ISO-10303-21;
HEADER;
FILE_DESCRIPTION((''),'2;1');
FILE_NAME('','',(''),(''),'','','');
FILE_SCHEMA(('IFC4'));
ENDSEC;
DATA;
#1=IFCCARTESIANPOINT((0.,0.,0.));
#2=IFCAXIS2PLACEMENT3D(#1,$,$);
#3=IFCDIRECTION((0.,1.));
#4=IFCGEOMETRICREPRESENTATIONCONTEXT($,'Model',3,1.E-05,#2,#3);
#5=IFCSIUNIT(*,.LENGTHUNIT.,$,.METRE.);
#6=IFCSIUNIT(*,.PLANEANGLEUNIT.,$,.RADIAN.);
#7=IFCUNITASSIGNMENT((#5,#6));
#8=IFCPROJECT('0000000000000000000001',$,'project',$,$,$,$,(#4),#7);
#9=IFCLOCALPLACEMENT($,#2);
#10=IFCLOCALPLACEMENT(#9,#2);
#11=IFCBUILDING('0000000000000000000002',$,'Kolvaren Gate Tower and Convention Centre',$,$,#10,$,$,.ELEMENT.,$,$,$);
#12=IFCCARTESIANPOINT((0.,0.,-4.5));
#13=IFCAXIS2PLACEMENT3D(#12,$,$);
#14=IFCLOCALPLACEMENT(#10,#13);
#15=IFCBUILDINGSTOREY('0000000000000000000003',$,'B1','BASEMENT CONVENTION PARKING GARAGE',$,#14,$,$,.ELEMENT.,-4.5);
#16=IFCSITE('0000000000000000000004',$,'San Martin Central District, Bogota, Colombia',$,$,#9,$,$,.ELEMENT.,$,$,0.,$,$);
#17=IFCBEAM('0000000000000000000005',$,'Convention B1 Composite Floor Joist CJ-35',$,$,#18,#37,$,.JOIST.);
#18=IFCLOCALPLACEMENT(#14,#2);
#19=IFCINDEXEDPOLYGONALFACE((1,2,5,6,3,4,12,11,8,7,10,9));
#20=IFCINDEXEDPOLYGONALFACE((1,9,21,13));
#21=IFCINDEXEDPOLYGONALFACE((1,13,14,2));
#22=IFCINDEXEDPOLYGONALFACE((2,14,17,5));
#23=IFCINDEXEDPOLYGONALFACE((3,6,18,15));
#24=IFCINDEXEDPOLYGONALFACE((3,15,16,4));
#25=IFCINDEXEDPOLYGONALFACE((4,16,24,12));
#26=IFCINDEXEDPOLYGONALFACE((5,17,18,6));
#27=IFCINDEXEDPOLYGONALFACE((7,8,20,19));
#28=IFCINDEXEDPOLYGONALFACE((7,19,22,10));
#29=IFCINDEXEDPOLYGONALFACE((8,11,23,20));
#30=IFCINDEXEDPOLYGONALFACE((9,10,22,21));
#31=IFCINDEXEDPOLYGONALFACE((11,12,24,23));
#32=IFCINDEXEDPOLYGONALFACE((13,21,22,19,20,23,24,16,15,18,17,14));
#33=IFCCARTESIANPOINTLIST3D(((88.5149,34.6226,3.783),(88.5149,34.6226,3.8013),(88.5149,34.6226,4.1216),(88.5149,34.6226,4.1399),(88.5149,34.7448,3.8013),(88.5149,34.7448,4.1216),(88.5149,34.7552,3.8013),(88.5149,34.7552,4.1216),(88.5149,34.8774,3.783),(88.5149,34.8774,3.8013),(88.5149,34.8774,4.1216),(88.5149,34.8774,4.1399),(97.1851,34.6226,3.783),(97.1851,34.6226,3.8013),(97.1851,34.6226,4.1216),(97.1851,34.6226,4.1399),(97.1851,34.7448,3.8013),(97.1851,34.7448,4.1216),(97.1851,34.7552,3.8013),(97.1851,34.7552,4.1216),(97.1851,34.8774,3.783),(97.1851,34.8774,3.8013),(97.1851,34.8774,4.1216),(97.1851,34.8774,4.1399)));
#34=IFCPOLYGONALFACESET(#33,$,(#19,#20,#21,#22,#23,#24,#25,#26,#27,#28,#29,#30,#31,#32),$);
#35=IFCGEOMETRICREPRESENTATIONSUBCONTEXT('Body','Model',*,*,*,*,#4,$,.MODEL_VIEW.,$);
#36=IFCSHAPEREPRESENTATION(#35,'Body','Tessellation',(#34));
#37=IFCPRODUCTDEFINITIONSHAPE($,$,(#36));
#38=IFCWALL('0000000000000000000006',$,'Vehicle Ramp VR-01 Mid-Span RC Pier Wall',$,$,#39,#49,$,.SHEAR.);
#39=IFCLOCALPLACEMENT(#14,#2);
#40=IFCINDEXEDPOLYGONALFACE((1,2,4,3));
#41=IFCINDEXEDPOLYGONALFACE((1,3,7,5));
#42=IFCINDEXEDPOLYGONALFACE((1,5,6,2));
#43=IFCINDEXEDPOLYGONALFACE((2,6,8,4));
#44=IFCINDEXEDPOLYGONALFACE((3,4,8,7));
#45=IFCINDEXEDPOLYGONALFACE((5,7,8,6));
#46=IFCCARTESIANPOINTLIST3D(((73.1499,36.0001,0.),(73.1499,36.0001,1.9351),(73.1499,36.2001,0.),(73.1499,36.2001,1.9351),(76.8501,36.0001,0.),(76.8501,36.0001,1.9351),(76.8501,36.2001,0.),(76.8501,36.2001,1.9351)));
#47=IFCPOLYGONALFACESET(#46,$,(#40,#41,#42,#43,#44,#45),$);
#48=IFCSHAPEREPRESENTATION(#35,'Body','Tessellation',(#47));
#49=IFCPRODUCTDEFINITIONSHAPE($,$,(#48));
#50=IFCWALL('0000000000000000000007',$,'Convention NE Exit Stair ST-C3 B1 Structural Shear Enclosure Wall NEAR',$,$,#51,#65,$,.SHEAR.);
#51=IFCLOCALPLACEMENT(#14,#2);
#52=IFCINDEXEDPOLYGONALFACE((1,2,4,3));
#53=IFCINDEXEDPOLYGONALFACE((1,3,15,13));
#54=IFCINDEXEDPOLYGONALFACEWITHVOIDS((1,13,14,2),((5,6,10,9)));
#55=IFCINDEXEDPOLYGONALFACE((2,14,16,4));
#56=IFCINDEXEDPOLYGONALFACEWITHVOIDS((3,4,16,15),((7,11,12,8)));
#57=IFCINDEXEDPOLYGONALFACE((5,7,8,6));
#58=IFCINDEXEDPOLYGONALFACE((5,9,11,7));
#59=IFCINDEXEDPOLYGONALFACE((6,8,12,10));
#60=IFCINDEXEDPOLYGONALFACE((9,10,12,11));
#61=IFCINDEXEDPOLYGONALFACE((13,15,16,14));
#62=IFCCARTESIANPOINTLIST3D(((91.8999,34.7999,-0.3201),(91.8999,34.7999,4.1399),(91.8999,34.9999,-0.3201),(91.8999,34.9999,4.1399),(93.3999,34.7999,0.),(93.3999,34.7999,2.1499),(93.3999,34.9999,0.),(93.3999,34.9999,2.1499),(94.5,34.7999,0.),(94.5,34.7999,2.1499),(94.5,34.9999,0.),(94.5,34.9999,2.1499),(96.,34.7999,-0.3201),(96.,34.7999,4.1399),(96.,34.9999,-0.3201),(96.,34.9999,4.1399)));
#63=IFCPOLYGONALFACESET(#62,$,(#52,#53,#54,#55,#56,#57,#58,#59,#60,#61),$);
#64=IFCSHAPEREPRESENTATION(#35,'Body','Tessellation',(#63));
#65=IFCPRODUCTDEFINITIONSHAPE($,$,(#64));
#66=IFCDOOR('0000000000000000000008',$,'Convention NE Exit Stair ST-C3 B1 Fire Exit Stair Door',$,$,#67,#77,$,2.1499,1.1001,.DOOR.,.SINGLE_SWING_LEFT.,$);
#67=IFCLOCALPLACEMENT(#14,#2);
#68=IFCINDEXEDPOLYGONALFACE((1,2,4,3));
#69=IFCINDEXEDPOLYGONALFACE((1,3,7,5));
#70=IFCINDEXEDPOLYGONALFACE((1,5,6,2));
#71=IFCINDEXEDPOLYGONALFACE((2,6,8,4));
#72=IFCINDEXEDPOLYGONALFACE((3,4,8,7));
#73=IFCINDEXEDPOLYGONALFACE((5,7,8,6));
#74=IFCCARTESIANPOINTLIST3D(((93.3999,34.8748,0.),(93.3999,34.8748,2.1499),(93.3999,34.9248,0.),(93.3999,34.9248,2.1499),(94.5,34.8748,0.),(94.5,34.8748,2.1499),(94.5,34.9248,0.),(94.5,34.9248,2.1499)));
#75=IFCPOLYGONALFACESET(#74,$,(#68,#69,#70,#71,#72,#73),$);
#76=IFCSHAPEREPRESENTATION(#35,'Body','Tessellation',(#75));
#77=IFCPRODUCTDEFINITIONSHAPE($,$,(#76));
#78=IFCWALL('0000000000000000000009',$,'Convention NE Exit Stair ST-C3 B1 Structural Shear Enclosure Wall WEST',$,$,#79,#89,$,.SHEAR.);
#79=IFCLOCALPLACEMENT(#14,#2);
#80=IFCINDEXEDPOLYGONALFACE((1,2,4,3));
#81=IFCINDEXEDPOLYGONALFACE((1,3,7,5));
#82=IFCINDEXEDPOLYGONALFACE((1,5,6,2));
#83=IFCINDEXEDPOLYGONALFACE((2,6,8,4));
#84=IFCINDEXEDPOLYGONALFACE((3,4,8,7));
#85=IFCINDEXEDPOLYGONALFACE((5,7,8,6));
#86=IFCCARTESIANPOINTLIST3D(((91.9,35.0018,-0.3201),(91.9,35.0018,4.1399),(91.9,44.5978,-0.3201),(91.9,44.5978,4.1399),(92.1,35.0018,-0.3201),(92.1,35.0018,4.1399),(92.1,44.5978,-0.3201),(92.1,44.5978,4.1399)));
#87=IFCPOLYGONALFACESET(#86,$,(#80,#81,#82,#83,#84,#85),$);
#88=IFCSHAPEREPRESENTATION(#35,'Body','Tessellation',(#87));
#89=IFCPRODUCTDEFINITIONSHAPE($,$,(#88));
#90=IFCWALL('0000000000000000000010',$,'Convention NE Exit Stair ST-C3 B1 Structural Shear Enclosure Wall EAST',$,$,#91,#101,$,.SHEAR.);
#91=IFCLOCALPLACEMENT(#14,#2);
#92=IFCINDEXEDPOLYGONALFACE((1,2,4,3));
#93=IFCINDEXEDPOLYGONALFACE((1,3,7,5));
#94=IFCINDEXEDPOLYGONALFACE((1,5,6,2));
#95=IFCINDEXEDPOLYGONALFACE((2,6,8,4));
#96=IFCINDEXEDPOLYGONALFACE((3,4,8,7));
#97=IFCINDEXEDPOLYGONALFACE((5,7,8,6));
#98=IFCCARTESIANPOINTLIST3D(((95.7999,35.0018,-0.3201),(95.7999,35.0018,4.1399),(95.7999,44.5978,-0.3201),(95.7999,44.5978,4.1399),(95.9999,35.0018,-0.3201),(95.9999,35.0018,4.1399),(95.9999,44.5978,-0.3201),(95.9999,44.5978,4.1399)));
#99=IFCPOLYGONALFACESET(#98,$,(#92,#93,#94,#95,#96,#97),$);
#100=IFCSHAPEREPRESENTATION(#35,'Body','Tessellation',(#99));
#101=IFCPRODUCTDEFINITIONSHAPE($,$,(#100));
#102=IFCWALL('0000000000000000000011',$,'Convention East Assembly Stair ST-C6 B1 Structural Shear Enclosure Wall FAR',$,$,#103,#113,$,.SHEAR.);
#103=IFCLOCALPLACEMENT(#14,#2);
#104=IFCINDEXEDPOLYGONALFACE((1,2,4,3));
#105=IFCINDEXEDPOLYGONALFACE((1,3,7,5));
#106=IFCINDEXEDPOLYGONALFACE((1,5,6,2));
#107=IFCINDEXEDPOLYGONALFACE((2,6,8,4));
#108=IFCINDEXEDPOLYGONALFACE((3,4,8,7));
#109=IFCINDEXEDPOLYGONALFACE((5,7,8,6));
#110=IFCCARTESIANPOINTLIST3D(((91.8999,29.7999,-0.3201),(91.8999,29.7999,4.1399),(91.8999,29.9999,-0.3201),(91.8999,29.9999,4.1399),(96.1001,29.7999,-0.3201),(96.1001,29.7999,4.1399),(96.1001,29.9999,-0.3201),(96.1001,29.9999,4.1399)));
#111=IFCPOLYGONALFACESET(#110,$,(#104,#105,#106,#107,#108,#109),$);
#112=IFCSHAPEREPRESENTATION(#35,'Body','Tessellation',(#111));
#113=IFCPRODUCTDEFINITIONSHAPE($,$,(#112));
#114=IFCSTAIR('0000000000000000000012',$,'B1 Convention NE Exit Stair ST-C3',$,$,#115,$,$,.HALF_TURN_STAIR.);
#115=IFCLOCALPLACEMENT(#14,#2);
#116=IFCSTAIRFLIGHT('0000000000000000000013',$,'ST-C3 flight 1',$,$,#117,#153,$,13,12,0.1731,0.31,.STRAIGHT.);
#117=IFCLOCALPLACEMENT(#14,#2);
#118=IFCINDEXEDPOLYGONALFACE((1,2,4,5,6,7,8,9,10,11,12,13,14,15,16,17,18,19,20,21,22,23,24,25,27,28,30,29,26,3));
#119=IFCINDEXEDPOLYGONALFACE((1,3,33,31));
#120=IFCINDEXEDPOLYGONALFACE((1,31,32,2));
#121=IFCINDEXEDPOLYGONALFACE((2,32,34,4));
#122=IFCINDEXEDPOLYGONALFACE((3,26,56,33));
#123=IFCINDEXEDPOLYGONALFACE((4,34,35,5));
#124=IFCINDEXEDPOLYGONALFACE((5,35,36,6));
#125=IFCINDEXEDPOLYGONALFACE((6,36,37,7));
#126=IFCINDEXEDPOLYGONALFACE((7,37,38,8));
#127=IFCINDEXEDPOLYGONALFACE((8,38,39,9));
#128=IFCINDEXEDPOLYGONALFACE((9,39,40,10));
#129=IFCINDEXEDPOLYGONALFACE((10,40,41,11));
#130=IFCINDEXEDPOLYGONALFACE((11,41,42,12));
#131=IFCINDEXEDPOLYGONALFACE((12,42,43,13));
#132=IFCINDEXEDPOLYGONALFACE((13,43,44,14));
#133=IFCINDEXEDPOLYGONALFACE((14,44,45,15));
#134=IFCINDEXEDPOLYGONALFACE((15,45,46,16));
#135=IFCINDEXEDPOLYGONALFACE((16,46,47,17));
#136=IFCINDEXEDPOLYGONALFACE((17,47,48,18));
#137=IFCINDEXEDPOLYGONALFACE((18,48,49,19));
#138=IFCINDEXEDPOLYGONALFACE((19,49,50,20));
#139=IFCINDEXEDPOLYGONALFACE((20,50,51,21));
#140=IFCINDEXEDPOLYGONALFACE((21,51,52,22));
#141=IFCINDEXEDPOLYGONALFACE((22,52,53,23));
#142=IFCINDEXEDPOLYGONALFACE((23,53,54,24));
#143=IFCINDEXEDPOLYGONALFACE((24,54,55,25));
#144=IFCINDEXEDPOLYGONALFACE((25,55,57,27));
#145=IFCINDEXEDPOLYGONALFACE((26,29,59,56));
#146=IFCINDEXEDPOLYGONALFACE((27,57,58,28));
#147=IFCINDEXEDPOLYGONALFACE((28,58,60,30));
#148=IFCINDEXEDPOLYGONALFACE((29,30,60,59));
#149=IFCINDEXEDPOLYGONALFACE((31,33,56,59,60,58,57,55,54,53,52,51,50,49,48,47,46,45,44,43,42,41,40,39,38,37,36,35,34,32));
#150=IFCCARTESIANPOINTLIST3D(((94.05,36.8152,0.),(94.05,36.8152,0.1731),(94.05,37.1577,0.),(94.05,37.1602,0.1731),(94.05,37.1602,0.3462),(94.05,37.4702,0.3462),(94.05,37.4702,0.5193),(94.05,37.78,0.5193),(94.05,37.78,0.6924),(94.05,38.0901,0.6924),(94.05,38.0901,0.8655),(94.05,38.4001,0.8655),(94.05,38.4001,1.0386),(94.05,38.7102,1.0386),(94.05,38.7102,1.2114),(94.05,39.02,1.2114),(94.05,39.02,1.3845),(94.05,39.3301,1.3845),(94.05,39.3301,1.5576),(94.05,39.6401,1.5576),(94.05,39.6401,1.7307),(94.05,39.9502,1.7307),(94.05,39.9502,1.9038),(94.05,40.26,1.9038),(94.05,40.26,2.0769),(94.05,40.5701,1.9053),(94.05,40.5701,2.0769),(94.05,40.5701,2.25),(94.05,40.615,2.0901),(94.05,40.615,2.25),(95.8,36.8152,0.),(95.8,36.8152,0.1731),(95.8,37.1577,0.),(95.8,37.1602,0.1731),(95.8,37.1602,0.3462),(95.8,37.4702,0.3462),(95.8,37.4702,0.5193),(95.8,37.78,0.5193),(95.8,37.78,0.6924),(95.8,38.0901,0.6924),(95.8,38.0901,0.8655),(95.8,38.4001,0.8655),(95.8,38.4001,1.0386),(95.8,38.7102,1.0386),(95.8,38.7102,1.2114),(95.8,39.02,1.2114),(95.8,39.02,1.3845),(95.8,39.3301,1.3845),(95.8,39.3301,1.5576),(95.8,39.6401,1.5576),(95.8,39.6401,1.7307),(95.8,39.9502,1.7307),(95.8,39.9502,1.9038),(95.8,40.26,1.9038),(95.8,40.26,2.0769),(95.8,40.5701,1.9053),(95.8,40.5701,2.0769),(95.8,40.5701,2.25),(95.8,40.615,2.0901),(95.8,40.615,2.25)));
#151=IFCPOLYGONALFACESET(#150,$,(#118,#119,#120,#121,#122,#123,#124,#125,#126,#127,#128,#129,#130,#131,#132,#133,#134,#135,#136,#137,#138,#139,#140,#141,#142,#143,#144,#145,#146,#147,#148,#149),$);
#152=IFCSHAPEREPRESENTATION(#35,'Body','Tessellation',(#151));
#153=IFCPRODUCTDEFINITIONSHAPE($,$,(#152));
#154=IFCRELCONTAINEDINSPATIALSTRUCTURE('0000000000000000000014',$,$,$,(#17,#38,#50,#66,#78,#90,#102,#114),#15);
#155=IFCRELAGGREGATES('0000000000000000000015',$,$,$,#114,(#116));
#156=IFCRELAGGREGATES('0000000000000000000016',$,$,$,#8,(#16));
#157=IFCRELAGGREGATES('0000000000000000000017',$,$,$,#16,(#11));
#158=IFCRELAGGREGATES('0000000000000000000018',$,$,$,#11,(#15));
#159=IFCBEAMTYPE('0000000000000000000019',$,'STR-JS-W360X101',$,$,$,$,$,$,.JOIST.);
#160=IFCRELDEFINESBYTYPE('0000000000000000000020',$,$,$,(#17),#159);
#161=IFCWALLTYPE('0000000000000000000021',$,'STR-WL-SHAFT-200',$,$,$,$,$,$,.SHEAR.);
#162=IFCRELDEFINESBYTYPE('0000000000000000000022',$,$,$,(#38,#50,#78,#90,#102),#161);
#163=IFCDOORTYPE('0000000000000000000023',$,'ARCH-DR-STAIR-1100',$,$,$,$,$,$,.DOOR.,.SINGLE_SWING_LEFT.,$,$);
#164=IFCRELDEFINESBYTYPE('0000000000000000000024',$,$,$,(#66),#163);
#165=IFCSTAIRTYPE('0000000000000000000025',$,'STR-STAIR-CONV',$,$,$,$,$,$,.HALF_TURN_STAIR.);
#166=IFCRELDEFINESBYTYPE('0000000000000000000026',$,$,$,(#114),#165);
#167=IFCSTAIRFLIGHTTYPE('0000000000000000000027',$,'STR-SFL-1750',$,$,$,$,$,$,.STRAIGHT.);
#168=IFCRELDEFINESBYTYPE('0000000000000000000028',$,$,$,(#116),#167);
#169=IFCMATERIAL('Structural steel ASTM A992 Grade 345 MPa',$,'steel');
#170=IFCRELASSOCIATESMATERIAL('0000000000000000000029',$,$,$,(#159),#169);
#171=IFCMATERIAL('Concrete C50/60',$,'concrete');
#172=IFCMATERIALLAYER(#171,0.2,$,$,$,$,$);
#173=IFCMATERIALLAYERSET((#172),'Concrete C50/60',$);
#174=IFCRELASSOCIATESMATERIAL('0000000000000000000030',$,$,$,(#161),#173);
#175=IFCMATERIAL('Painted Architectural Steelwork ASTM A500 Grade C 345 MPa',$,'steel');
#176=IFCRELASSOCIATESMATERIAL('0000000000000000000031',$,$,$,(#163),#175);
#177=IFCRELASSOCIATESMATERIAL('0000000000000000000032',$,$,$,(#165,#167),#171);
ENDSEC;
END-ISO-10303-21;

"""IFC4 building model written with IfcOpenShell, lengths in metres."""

from ifc_helpers import new_model, si_unit, direction, frame, frame_2d, origin, origin_2d, place, context, subcontext, project, spatial, polyline, rectangle, i_section, outline, extrude, material, layer, layer_set, material_profile, profile_set, type_object, element, fill, aggregate, save


model = new_model("IFC4")

# Units and contexts
model_context = context("Model", 3, precision=1e-05, world=origin(), true_north=direction((0.0, 1.0)))
body_context = subcontext(model_context, "Body", "Model", "MODEL_VIEW")
ifc_project = project(units=[si_unit("LENGTHUNIT", "METRE"), si_unit("PLANEANGLEUNIT", "RADIAN")], contexts=[model_context])

# Site, building, storey
site_placement = place(None, origin())
site = spatial("IfcSite", under=ifc_project, at=site_placement, Name="San Martin Central District, Bogota, Colombia", CompositionType="ELEMENT", RefElevation=0.0)
building_placement = place(site_placement, origin())
building = spatial("IfcBuilding", under=site, at=building_placement, Name="Kolvaren Gate Tower and Convention Centre", CompositionType="ELEMENT")
storey_placement = place(building_placement, frame((0.0, 0.0, -4.5)))
storey = spatial("IfcBuildingStorey", under=building, at=storey_placement, Name="B1", Description="BASEMENT CONVENTION PARKING GARAGE", CompositionType="ELEMENT", Elevation=-4.5)

# Beam
ifc_material_1 = material(Name="Structural steel ASTM A992 Grade 345 MPa", Category="steel")
ifc_material_profile_1 = material_profile(ifc_material_1, i_section(OverallWidth=0.2549, OverallDepth=0.3569, WebThickness=0.0105, FlangeThickness=0.0183, at=origin_2d()), Name="W360X101")
ifc_profile_set_1 = profile_set([ifc_material_profile_1], Name="Structural steel ASTM A992 Grade 345 MPa")
beam_type_1 = type_object("IfcBeamType", Name="STR-JS-W360X101", PredefinedType="JOIST", material=ifc_profile_set_1)
beam_1_placement = place(storey_placement, frame((88.5149, 34.75, 3.9614), z_axis=(1.0, 0.0, 0.0), x_axis=(0.0, 1.0, 0.0)))
element("IfcBeam", 1, at=beam_1_placement, inside=storey, type_object=beam_type_1, Name="Convention B1 Composite Floor Joist CJ-35", PredefinedType="JOIST", context=body_context, shape_type="SweptSolid", body=[
    extrude(i_section(OverallWidth=0.2549, OverallDepth=0.3569, WebThickness=0.0105, FlangeThickness=0.0183, at=origin_2d()), origin(), (0.0, 0.0, 1.0), 8.6702),
])

# Wall
ifc_material_2 = material(Name="Concrete C50/60", Category="concrete")
ifc_layer = layer(ifc_material_2, 0.2)
ifc_layer_set = layer_set([ifc_layer], Name="Concrete C50/60")
wall_type = type_object("IfcWallType", Name="STR-WL-SHAFT-200", PredefinedType="SHEAR", material=ifc_layer_set)
wall_1_placement = place(storey_placement, frame((73.1499, 36.1001, 0.0), z_axis=(0.0, 0.0, 1.0), x_axis=(1.0, 0.0, 0.0)))
element("IfcWall", 2, at=wall_1_placement, inside=storey, type_object=wall_type, Name="Vehicle Ramp VR-01 Mid-Span RC Pier Wall", PredefinedType="SHEAR", context=body_context, shape_type="SweptSolid", body=[
    extrude(rectangle(XDim=3.7002, YDim=0.2, at=frame_2d((1.8501, 0.0))), origin(), (0.0, 0.0, 1.0), 1.9351),
])

# Wall, opening, door
wall_2_placement = place(storey_placement, frame((91.8999, 34.8999, -0.3201), z_axis=(0.0, 0.0, 1.0), x_axis=(1.0, 0.0, 0.0)))
wall_2 = element("IfcWall", 3, at=wall_2_placement, inside=storey, type_object=wall_type, Name="Convention NE Exit Stair ST-C3 B1 Structural Shear Enclosure Wall NEAR", PredefinedType="SHEAR", context=body_context, shape_type="SweptSolid", body=[
    extrude(rectangle(XDim=4.1001, YDim=0.2, at=frame_2d((2.05, 0.0))), origin(), (0.0, 0.0, 1.0), 4.46),
])
opening_placement = place(wall_2_placement, frame((1.5, 0.0, 0.3201)))
opening = element("IfcOpeningElement", 4, at=opening_placement, cuts=wall_2, PredefinedType="OPENING", context=body_context, shape_type="SweptSolid", body=[
    extrude(rectangle(XDim=1.1001, YDim=2.1499, at=frame_2d((0.55, 1.075))), frame((0.0, 0.1099, 0.0), z_axis=(0.0, -1.0, 0.0), x_axis=(1.0, 0.0, 0.0)), (0.0, 0.0, 1.0), 0.22),
])
ifc_material_3 = material(Name="Painted Architectural Steelwork ASTM A500 Grade C 345 MPa", Category="steel")
door_type = type_object("IfcDoorType", Name="ARCH-DR-STAIR-1100", OperationType="SINGLE_SWING_LEFT", PredefinedType="DOOR", material=ifc_material_3)
door_placement = place(opening_placement, origin())
door = element("IfcDoor", 5, at=door_placement, inside=storey, type_object=door_type, Name="Convention NE Exit Stair ST-C3 B1 Fire Exit Stair Door", OperationType="SINGLE_SWING_LEFT", OverallHeight=2.1499, OverallWidth=1.1001, PredefinedType="DOOR", context=body_context, shape_type="SweptSolid", body=[
    extrude(rectangle(XDim=1.1001, YDim=2.1499, at=frame_2d((0.55, 1.075))), frame((0.0, 0.0249, 0.0), z_axis=(0.0, -1.0, 0.0), x_axis=(1.0, 0.0, 0.0)), (0.0, 0.0, 1.0), 0.05),
])
fill(opening, door)

# Walls
for number, where, z_axis, x_axis, name in (
    (6, (92.0, 35.002, -0.3201), (0.0, 0.0, 1.0), (0.0, 1.0, 0.0), "Convention NE Exit Stair ST-C3 B1 Structural Shear Enclosure Wall WEST"),
    (7, (95.8999, 35.002, -0.3201), (0.0, 0.0, 1.0), (0.0, 1.0, 0.0), "Convention NE Exit Stair ST-C3 B1 Structural Shear Enclosure Wall EAST"),
):
    element("IfcWall", number, at=place(storey_placement, frame(where, z_axis=z_axis, x_axis=x_axis)), inside=storey, type_object=wall_type, Name=name, PredefinedType="SHEAR", context=body_context, shape_type="SweptSolid", body=[
        extrude(rectangle(XDim=9.5959, YDim=0.2, at=frame_2d((4.7979, 0.0))), origin(), (0.0, 0.0, 1.0), 4.46),
    ])
wall_3_placement = place(storey_placement, frame((91.8999, 29.8999, -0.3201), z_axis=(0.0, 0.0, 1.0), x_axis=(1.0, 0.0, 0.0)))
element("IfcWall", 8, at=wall_3_placement, inside=storey, type_object=wall_type, Name="Convention East Assembly Stair ST-C6 B1 Structural Shear Enclosure Wall FAR", PredefinedType="SHEAR", context=body_context, shape_type="SweptSolid", body=[
    extrude(rectangle(XDim=4.2002, YDim=0.2, at=frame_2d((2.1001, 0.0))), origin(), (0.0, 0.0, 1.0), 4.46),
])

# Stair, stair flight
stair_type = type_object("IfcStairType", Name="STR-STAIR-CONV", PredefinedType="HALF_TURN_STAIR", material=ifc_material_2)
stair_1_placement = place(storey_placement, origin())
stair_1 = element("IfcStair", 9, at=stair_1_placement, inside=storey, type_object=stair_type, Name="B1 Convention NE Exit Stair ST-C3", PredefinedType="HALF_TURN_STAIR")
stair_flight_type = type_object("IfcStairFlightType", Name="STR-SFL-1750", PredefinedType="STRAIGHT", material=ifc_material_2)
stair_flight_1_placement = place(storey_placement, frame((94.925, 36.8501, 0.0), z_axis=(0.0, 0.0, 1.0), x_axis=(0.0, 1.0, 0.0)))
stair_flight_1 = element("IfcStairFlight", 10, at=stair_flight_1_placement, type_object=stair_flight_type, Name="ST-C3 flight 1", NumberOfRisers=13, NumberOfTreads=12, PredefinedType="STRAIGHT", RiserHeight=0.1731, TreadLength=0.31, context=body_context, shape_type="SweptSolid", body=[
    extrude(outline(polyline([(-0.0349, 0.0), (-0.0349, 0.1731), (0.3101, 0.1731), (0.3101, 0.3462), (0.6201, 0.3462), (0.6201, 0.5193), (0.9299, 0.5193), (0.9299, 0.6924), (1.24, 0.6924), (1.24, 0.8655), (1.55, 0.8655), (1.55, 1.0386), (1.8601, 1.0386), (1.8601, 1.2114), (2.1699, 1.2114), (2.1699, 1.3845), (2.48, 1.3845), (2.48, 1.5576), (2.79, 1.5576), (2.79, 1.7307), (3.1001, 1.7307), (3.1001, 1.9038), (3.4099, 1.9038), (3.4099, 2.0769), (3.72, 2.0769), (3.72, 2.25), (3.7649, 2.25), (3.7649, 2.0901), (3.72, 1.9053), (0.3076, 0.0), (-0.0349, 0.0)])), frame((0.0, 0.875, 0.0), z_axis=(0.0, -1.0, 0.0), x_axis=(1.0, 0.0, 0.0)), (0.0, 0.0, 1.0), 1.75),
])
aggregate(stair_1, [stair_flight_1])

save(model, "model.ifc")
